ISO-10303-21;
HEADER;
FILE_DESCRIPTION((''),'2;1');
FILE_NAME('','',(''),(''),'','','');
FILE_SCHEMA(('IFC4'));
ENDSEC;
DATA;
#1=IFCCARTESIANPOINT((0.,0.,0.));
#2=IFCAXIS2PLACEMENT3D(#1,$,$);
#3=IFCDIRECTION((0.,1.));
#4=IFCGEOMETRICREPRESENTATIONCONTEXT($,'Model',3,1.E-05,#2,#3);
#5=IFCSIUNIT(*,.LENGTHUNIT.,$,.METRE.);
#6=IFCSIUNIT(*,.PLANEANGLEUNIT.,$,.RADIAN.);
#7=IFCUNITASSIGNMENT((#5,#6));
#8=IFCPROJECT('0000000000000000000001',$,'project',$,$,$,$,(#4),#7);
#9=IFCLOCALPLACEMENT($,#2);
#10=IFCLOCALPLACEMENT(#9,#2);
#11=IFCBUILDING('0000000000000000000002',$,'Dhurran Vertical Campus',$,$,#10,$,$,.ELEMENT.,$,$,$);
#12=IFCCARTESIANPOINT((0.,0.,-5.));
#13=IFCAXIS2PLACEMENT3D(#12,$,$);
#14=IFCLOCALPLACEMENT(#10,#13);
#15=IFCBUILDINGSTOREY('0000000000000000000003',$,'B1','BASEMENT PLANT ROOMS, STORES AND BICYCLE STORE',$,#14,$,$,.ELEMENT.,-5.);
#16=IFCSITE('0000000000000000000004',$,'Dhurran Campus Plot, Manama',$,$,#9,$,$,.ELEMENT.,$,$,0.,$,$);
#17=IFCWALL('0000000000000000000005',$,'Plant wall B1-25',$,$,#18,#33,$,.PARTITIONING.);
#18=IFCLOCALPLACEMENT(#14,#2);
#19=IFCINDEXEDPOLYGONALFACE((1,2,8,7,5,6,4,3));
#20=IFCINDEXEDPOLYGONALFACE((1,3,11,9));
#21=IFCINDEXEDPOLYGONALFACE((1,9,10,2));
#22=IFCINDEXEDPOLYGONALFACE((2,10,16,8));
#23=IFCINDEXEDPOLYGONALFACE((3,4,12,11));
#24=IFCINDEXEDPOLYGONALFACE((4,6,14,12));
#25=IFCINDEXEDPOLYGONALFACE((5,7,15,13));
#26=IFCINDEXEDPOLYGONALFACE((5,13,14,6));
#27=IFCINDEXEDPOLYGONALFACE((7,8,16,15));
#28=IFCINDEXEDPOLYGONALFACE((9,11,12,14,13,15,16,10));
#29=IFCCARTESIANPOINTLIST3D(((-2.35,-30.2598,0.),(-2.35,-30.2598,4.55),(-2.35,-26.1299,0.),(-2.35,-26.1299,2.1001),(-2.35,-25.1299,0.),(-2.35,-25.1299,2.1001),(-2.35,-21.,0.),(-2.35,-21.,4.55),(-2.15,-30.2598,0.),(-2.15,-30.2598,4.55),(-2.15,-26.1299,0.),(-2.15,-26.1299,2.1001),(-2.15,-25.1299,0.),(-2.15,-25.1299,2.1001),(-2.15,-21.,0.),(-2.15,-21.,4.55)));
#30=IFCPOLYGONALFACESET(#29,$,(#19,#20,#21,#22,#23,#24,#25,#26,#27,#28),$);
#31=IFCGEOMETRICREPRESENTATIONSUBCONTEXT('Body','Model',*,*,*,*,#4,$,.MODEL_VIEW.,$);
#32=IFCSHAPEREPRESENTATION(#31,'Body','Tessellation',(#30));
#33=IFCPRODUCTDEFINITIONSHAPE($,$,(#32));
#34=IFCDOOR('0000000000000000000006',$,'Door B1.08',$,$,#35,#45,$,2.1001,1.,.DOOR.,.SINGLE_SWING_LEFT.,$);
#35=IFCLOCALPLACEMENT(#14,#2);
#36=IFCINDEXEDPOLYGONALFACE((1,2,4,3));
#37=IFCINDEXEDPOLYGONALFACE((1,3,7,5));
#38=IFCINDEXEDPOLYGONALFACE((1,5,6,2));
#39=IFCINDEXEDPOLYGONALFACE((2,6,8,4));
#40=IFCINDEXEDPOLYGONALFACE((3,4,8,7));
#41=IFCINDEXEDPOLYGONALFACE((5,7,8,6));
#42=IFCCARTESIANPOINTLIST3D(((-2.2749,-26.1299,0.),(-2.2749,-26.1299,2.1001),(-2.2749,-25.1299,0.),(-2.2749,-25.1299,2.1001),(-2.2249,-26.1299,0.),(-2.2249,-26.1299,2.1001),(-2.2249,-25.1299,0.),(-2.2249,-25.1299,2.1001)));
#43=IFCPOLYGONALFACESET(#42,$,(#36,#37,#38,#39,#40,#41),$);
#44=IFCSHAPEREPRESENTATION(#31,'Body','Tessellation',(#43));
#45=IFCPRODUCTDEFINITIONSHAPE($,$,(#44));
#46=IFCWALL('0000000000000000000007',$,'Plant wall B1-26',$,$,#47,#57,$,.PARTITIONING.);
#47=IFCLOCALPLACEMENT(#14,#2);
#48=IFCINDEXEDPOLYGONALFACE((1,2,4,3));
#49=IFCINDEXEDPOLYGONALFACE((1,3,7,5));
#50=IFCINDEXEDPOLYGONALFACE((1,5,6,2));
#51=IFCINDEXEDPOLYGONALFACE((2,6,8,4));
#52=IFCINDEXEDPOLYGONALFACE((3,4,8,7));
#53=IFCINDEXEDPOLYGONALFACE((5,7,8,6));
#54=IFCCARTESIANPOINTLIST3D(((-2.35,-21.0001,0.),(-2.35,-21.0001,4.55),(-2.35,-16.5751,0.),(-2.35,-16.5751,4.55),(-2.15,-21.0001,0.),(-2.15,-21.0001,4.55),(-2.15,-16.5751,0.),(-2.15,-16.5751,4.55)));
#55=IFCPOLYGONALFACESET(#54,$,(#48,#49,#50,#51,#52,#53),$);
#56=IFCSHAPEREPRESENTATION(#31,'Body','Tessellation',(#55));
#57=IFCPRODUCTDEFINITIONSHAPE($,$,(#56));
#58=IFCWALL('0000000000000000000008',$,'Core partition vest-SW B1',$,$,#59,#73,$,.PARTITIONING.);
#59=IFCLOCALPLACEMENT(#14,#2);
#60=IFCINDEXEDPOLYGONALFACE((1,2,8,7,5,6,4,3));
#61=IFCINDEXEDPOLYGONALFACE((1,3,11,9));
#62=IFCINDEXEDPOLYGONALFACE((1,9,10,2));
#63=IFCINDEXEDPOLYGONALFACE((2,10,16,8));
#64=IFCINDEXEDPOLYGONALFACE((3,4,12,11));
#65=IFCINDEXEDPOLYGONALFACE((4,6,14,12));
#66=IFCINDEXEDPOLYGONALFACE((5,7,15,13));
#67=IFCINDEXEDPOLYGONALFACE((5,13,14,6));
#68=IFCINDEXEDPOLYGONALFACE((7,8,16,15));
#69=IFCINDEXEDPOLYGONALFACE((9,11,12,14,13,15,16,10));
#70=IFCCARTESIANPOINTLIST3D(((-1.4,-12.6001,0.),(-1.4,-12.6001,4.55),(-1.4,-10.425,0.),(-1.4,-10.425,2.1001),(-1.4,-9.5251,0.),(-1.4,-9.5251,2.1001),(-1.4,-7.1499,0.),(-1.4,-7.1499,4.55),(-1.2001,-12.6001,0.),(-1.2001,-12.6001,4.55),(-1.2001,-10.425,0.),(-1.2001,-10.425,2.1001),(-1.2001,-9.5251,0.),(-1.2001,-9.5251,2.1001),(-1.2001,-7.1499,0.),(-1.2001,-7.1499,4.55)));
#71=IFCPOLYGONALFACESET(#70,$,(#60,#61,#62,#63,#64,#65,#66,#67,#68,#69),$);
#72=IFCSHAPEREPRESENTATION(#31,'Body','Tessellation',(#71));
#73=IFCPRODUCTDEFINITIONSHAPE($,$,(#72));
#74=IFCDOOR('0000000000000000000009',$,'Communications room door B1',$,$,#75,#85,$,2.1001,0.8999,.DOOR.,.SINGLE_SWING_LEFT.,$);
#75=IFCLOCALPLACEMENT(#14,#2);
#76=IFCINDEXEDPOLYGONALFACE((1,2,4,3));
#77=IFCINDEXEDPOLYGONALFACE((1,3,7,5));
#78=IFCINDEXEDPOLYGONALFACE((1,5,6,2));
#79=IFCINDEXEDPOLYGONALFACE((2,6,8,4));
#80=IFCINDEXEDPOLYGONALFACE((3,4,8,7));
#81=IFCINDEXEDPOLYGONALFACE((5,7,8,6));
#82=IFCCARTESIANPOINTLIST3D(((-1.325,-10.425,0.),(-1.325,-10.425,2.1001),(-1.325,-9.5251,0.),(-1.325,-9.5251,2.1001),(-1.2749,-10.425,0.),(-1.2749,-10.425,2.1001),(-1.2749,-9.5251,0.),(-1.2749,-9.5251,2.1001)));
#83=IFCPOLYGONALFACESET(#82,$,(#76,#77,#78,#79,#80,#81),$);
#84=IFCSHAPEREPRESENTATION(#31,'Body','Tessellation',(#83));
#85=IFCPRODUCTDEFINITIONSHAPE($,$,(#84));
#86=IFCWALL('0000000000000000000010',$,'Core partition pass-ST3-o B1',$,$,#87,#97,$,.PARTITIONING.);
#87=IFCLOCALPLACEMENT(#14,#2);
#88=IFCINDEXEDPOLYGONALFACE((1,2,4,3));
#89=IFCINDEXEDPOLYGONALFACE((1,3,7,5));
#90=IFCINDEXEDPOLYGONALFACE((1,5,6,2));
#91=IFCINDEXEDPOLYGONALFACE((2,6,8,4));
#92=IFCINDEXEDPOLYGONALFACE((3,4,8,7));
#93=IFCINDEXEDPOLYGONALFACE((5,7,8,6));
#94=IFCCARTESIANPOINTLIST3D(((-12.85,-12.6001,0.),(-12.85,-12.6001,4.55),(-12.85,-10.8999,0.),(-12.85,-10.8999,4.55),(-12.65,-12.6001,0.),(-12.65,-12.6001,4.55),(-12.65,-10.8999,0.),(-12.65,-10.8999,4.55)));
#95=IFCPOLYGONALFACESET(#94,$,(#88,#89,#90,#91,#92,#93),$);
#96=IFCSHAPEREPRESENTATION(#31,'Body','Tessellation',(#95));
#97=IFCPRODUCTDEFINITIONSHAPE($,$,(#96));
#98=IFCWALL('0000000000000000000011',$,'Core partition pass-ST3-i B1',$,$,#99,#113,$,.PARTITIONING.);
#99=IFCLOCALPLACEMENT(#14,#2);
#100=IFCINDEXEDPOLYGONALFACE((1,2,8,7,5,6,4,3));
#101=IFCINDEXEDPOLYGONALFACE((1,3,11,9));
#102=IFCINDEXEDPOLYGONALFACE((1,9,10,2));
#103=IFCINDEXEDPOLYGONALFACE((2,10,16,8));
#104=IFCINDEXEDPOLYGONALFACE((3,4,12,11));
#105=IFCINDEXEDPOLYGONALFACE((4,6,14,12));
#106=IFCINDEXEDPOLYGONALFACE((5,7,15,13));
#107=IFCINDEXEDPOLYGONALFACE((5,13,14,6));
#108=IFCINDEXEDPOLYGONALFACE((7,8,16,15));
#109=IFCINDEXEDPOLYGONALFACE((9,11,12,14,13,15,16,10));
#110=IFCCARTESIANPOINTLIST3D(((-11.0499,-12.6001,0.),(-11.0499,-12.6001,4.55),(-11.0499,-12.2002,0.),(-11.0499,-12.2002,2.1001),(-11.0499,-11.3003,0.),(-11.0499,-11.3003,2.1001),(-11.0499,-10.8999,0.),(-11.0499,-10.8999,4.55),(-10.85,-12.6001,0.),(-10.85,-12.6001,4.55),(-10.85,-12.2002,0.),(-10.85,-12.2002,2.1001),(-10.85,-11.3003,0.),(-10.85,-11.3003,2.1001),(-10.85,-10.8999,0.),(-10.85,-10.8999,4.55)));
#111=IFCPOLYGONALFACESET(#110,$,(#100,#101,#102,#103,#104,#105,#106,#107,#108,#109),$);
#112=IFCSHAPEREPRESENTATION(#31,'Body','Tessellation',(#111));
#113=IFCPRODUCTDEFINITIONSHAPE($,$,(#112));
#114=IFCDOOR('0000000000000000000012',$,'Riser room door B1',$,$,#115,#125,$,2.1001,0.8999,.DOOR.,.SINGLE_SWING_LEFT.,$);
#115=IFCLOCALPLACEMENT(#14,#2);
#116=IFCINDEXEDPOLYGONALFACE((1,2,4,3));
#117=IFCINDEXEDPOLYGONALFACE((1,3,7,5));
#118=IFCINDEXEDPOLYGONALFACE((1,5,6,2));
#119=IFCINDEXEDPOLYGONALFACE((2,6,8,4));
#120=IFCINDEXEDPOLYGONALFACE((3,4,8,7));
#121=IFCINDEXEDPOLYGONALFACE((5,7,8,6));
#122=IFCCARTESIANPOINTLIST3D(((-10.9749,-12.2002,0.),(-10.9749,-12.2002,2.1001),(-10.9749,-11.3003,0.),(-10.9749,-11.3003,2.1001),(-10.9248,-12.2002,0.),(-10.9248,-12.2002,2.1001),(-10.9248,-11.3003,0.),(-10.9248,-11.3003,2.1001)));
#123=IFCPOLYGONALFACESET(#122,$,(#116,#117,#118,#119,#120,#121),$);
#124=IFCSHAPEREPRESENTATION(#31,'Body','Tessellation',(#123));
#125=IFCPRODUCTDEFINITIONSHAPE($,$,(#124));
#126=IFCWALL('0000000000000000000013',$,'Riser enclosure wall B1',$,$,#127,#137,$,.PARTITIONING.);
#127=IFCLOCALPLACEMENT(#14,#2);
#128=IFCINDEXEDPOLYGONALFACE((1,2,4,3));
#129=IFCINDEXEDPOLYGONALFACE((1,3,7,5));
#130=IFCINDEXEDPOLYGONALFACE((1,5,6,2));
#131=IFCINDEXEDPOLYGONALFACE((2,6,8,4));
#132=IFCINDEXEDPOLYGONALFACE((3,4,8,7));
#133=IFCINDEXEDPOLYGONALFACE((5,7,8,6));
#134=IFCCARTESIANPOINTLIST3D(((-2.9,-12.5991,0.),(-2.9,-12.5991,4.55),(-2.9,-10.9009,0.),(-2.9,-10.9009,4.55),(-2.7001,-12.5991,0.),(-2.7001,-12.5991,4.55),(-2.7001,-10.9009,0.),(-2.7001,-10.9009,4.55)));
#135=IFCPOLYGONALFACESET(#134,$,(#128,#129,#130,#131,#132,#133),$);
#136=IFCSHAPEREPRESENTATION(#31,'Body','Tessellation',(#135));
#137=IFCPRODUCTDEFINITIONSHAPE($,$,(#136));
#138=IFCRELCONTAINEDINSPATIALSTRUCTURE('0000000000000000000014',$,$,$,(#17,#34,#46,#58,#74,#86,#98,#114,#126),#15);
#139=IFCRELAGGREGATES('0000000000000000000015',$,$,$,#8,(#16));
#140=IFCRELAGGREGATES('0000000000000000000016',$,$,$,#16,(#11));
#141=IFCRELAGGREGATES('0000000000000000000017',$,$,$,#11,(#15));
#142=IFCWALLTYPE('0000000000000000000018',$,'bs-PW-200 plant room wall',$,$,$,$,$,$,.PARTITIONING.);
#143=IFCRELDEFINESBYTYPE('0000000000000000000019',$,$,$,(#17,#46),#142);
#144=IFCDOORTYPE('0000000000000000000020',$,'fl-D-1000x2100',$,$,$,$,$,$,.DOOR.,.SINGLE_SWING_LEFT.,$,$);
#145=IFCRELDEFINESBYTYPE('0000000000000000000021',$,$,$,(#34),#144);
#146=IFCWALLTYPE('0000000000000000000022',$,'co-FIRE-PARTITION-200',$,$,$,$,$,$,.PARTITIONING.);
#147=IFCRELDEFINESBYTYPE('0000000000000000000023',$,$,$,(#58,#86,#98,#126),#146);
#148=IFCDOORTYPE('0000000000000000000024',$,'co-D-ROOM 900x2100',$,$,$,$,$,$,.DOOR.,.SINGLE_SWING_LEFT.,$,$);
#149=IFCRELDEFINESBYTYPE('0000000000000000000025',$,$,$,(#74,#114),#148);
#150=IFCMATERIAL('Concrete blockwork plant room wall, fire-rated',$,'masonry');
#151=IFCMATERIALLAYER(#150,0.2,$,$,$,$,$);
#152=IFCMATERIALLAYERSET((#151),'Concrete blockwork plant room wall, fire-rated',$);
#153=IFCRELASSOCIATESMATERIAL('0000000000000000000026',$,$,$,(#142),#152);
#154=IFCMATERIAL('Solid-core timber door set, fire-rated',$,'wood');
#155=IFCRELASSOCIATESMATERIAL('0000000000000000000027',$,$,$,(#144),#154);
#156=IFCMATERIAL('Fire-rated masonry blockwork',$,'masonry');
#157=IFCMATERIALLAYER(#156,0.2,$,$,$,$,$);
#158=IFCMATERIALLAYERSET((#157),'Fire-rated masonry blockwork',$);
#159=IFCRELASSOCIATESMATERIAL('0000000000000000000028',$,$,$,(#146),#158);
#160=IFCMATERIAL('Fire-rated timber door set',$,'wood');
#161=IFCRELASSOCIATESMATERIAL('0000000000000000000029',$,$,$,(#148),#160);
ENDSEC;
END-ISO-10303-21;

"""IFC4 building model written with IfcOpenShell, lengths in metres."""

from ifc_helpers import new_model, si_unit, direction, frame, frame_2d, origin, place, context, subcontext, project, spatial, rectangle, extrude, material, layer, layer_set, type_object, element, fill, save


model = new_model("IFC4")

# Units and contexts
model_context = context("Model", 3, precision=1e-05, world=origin(), true_north=direction((0.0, 1.0)))
body_context = subcontext(model_context, "Body", "Model", "MODEL_VIEW")
ifc_project = project(units=[si_unit("LENGTHUNIT", "METRE"), si_unit("PLANEANGLEUNIT", "RADIAN")], contexts=[model_context])

# Site, building, storey
site_placement = place(None, origin())
site = spatial("IfcSite", under=ifc_project, at=site_placement, Name="Dhurran Campus Plot, Manama", CompositionType="ELEMENT", RefElevation=0.0)
building_placement = place(site_placement, origin())
building = spatial("IfcBuilding", under=site, at=building_placement, Name="Dhurran Vertical Campus", CompositionType="ELEMENT")
storey_placement = place(building_placement, frame((0.0, 0.0, -5.0)))
storey = spatial("IfcBuildingStorey", under=building, at=storey_placement, Name="B1", Description="BASEMENT PLANT ROOMS, STORES AND BICYCLE STORE", CompositionType="ELEMENT", Elevation=-5.0)

# Shared definitions
ifc_material_1 = material(Name="Concrete blockwork plant room wall, fire-rated", Category="masonry")
ifc_layer_1 = layer(ifc_material_1, 0.2)
ifc_layer_set_1 = layer_set([ifc_layer_1], Name="Concrete blockwork plant room wall, fire-rated")
wall_type_1 = type_object("IfcWallType", Name="bs-PW-200 plant room wall", PredefinedType="PARTITIONING", material=ifc_layer_set_1)

# Wall, opening, door
ifc_material_2 = material(Name="Solid-core timber door set, fire-rated", Category="wood")
door_type_1 = type_object("IfcDoorType", Name="fl-D-1000x2100", OperationType="SINGLE_SWING_LEFT", PredefinedType="DOOR", material=ifc_material_2)
wall_1_placement = place(storey_placement, frame((-2.25, -30.2598, 0.0), z_axis=(0.0, 0.0, 1.0), x_axis=(0.0, 1.0, 0.0)))
wall_1 = element("IfcWall", 1, at=wall_1_placement, inside=storey, type_object=wall_type_1, Name="Plant wall B1-25", PredefinedType="PARTITIONING", context=body_context, shape_type="SweptSolid", body=[
    extrude(rectangle(XDim=9.2598, YDim=0.2, at=frame_2d((4.6299, 0.0))), origin(), (0.0, 0.0, 1.0), 4.55),
])
opening_1_placement = place(wall_1_placement, frame((4.1299, 0.0, 0.0)))
opening_1 = element("IfcOpeningElement", 2, at=opening_1_placement, cuts=wall_1, PredefinedType="OPENING", context=body_context, shape_type="SweptSolid", body=[
    extrude(rectangle(XDim=1.0, YDim=2.1001, at=frame_2d((0.5, 1.05))), frame((0.0, 0.1099, 0.0), z_axis=(0.0, -1.0, 0.0), x_axis=(1.0, 0.0, 0.0)), (0.0, 0.0, 1.0), 0.22),
])
door_1_placement = place(opening_1_placement, origin())
door_1 = element("IfcDoor", 3, at=door_1_placement, inside=storey, type_object=door_type_1, Name="Door B1.08", OperationType="SINGLE_SWING_LEFT", OverallHeight=2.1001, OverallWidth=1.0, PredefinedType="DOOR", context=body_context, shape_type="SweptSolid", body=[
    extrude(rectangle(XDim=1.0, YDim=2.1001, at=frame_2d((0.5, 1.05))), frame((0.0, 0.0249, 0.0), z_axis=(0.0, -1.0, 0.0), x_axis=(1.0, 0.0, 0.0)), (0.0, 0.0, 1.0), 0.05),
])
fill(opening_1, door_1)

# Wall
wall_2_placement = place(storey_placement, frame((-2.25, -21.0, 0.0), z_axis=(0.0, 0.0, 1.0), x_axis=(0.0, 1.0, 0.0)))
element("IfcWall", 4, at=wall_2_placement, inside=storey, type_object=wall_type_1, Name="Plant wall B1-26", PredefinedType="PARTITIONING", context=body_context, shape_type="SweptSolid", body=[
    extrude(rectangle(XDim=4.425, YDim=0.2, at=frame_2d((2.2124, 0.0))), origin(), (0.0, 0.0, 1.0), 4.55),
])

# Wall, opening, door
ifc_material_3 = material(Name="Fire-rated masonry blockwork", Category="masonry")
ifc_layer_2 = layer(ifc_material_3, 0.2)
ifc_layer_set_2 = layer_set([ifc_layer_2], Name="Fire-rated masonry blockwork")
wall_type_2 = type_object("IfcWallType", Name="co-FIRE-PARTITION-200", PredefinedType="PARTITIONING", material=ifc_layer_set_2)
wall_3_placement = place(storey_placement, frame((-1.3, -12.6001, 0.0), z_axis=(0.0, 0.0, 1.0), x_axis=(0.0, 1.0, 0.0)))
wall_3 = element("IfcWall", 5, at=wall_3_placement, inside=storey, type_object=wall_type_2, Name="Core partition vest-SW B1", PredefinedType="PARTITIONING", context=body_context, shape_type="SweptSolid", body=[
    extrude(rectangle(XDim=5.4502, YDim=0.2, at=frame_2d((2.7251, 0.0))), origin(), (0.0, 0.0, 1.0), 4.55),
])
opening_2_placement = place(wall_3_placement, frame((2.175, 0.0, 0.0)))
opening_2 = element("IfcOpeningElement", 6, at=opening_2_placement, cuts=wall_3, PredefinedType="OPENING", context=body_context, shape_type="SweptSolid", body=[
    extrude(rectangle(XDim=0.8999, YDim=2.1001, at=frame_2d((0.45, 1.05))), frame((0.0, 0.1099, 0.0), z_axis=(0.0, -1.0, 0.0), x_axis=(1.0, 0.0, 0.0)), (0.0, 0.0, 1.0), 0.22),
])
ifc_material_4 = material(Name="Fire-rated timber door set", Category="wood")
door_type_2 = type_object("IfcDoorType", Name="co-D-ROOM 900x2100", OperationType="SINGLE_SWING_LEFT", PredefinedType="DOOR", material=ifc_material_4)
door_2_placement = place(opening_2_placement, origin())
door_2 = element("IfcDoor", 7, at=door_2_placement, inside=storey, type_object=door_type_2, Name="Communications room door B1", OperationType="SINGLE_SWING_LEFT", OverallHeight=2.1001, OverallWidth=0.8999, PredefinedType="DOOR", context=body_context, shape_type="SweptSolid", body=[
    extrude(rectangle(XDim=0.8999, YDim=2.1001, at=frame_2d((0.45, 1.05))), frame((0.0, 0.0249, 0.0), z_axis=(0.0, -1.0, 0.0), x_axis=(1.0, 0.0, 0.0)), (0.0, 0.0, 1.0), 0.05),
])
fill(opening_2, door_2)

# Wall
wall_4_placement = place(storey_placement, frame((-12.75, -12.6001, 0.0), z_axis=(0.0, 0.0, 1.0), x_axis=(0.0, 1.0, 0.0)))
element("IfcWall", 8, at=wall_4_placement, inside=storey, type_object=wall_type_2, Name="Core partition pass-ST3-o B1", PredefinedType="PARTITIONING", context=body_context, shape_type="SweptSolid", body=[
    extrude(rectangle(XDim=1.7002, YDim=0.2, at=frame_2d((0.8501, 0.0))), origin(), (0.0, 0.0, 1.0), 4.55),
])

# Wall, opening, door
wall_5_placement = place(storey_placement, frame((-10.95, -12.6001, 0.0), z_axis=(0.0, 0.0, 1.0), x_axis=(0.0, 1.0, 0.0)))
wall_5 = element("IfcWall", 9, at=wall_5_placement, inside=storey, type_object=wall_type_2, Name="Core partition pass-ST3-i B1", PredefinedType="PARTITIONING", context=body_context, shape_type="SweptSolid", body=[
    extrude(rectangle(XDim=1.7002, YDim=0.2, at=frame_2d((0.8501, 0.0))), origin(), (0.0, 0.0, 1.0), 4.55),
])
opening_3_placement = place(wall_5_placement, frame((0.3999, 0.0, 0.0)))
opening_3 = element("IfcOpeningElement", 10, at=opening_3_placement, cuts=wall_5, PredefinedType="OPENING", context=body_context, shape_type="SweptSolid", body=[
    extrude(rectangle(XDim=0.8999, YDim=2.1001, at=frame_2d((0.45, 1.05))), frame((0.0, 0.1099, 0.0), z_axis=(0.0, -1.0, 0.0), x_axis=(1.0, 0.0, 0.0)), (0.0, 0.0, 1.0), 0.22),
])
door_3_placement = place(opening_3_placement, origin())
door_3 = element("IfcDoor", 11, at=door_3_placement, inside=storey, type_object=door_type_2, Name="Riser room door B1", OperationType="SINGLE_SWING_LEFT", OverallHeight=2.1001, OverallWidth=0.8999, PredefinedType="DOOR", context=body_context, shape_type="SweptSolid", body=[
    extrude(rectangle(XDim=0.8999, YDim=2.1001, at=frame_2d((0.45, 1.05))), frame((0.0, 0.0249, 0.0), z_axis=(0.0, -1.0, 0.0), x_axis=(1.0, 0.0, 0.0)), (0.0, 0.0, 1.0), 0.05),
])
fill(opening_3, door_3)

# Wall
wall_6_placement = place(storey_placement, frame((-2.8, -12.5991, 0.0), z_axis=(0.0, 0.0, 1.0), x_axis=(0.0, 1.0, 0.0)))
element("IfcWall", 12, at=wall_6_placement, inside=storey, type_object=wall_type_2, Name="Riser enclosure wall B1", PredefinedType="PARTITIONING", context=body_context, shape_type="SweptSolid", body=[
    extrude(rectangle(XDim=1.6982, YDim=0.2, at=frame_2d((0.8491, 0.0))), origin(), (0.0, 0.0, 1.0), 4.55),
])

save(model, "model.ifc")
